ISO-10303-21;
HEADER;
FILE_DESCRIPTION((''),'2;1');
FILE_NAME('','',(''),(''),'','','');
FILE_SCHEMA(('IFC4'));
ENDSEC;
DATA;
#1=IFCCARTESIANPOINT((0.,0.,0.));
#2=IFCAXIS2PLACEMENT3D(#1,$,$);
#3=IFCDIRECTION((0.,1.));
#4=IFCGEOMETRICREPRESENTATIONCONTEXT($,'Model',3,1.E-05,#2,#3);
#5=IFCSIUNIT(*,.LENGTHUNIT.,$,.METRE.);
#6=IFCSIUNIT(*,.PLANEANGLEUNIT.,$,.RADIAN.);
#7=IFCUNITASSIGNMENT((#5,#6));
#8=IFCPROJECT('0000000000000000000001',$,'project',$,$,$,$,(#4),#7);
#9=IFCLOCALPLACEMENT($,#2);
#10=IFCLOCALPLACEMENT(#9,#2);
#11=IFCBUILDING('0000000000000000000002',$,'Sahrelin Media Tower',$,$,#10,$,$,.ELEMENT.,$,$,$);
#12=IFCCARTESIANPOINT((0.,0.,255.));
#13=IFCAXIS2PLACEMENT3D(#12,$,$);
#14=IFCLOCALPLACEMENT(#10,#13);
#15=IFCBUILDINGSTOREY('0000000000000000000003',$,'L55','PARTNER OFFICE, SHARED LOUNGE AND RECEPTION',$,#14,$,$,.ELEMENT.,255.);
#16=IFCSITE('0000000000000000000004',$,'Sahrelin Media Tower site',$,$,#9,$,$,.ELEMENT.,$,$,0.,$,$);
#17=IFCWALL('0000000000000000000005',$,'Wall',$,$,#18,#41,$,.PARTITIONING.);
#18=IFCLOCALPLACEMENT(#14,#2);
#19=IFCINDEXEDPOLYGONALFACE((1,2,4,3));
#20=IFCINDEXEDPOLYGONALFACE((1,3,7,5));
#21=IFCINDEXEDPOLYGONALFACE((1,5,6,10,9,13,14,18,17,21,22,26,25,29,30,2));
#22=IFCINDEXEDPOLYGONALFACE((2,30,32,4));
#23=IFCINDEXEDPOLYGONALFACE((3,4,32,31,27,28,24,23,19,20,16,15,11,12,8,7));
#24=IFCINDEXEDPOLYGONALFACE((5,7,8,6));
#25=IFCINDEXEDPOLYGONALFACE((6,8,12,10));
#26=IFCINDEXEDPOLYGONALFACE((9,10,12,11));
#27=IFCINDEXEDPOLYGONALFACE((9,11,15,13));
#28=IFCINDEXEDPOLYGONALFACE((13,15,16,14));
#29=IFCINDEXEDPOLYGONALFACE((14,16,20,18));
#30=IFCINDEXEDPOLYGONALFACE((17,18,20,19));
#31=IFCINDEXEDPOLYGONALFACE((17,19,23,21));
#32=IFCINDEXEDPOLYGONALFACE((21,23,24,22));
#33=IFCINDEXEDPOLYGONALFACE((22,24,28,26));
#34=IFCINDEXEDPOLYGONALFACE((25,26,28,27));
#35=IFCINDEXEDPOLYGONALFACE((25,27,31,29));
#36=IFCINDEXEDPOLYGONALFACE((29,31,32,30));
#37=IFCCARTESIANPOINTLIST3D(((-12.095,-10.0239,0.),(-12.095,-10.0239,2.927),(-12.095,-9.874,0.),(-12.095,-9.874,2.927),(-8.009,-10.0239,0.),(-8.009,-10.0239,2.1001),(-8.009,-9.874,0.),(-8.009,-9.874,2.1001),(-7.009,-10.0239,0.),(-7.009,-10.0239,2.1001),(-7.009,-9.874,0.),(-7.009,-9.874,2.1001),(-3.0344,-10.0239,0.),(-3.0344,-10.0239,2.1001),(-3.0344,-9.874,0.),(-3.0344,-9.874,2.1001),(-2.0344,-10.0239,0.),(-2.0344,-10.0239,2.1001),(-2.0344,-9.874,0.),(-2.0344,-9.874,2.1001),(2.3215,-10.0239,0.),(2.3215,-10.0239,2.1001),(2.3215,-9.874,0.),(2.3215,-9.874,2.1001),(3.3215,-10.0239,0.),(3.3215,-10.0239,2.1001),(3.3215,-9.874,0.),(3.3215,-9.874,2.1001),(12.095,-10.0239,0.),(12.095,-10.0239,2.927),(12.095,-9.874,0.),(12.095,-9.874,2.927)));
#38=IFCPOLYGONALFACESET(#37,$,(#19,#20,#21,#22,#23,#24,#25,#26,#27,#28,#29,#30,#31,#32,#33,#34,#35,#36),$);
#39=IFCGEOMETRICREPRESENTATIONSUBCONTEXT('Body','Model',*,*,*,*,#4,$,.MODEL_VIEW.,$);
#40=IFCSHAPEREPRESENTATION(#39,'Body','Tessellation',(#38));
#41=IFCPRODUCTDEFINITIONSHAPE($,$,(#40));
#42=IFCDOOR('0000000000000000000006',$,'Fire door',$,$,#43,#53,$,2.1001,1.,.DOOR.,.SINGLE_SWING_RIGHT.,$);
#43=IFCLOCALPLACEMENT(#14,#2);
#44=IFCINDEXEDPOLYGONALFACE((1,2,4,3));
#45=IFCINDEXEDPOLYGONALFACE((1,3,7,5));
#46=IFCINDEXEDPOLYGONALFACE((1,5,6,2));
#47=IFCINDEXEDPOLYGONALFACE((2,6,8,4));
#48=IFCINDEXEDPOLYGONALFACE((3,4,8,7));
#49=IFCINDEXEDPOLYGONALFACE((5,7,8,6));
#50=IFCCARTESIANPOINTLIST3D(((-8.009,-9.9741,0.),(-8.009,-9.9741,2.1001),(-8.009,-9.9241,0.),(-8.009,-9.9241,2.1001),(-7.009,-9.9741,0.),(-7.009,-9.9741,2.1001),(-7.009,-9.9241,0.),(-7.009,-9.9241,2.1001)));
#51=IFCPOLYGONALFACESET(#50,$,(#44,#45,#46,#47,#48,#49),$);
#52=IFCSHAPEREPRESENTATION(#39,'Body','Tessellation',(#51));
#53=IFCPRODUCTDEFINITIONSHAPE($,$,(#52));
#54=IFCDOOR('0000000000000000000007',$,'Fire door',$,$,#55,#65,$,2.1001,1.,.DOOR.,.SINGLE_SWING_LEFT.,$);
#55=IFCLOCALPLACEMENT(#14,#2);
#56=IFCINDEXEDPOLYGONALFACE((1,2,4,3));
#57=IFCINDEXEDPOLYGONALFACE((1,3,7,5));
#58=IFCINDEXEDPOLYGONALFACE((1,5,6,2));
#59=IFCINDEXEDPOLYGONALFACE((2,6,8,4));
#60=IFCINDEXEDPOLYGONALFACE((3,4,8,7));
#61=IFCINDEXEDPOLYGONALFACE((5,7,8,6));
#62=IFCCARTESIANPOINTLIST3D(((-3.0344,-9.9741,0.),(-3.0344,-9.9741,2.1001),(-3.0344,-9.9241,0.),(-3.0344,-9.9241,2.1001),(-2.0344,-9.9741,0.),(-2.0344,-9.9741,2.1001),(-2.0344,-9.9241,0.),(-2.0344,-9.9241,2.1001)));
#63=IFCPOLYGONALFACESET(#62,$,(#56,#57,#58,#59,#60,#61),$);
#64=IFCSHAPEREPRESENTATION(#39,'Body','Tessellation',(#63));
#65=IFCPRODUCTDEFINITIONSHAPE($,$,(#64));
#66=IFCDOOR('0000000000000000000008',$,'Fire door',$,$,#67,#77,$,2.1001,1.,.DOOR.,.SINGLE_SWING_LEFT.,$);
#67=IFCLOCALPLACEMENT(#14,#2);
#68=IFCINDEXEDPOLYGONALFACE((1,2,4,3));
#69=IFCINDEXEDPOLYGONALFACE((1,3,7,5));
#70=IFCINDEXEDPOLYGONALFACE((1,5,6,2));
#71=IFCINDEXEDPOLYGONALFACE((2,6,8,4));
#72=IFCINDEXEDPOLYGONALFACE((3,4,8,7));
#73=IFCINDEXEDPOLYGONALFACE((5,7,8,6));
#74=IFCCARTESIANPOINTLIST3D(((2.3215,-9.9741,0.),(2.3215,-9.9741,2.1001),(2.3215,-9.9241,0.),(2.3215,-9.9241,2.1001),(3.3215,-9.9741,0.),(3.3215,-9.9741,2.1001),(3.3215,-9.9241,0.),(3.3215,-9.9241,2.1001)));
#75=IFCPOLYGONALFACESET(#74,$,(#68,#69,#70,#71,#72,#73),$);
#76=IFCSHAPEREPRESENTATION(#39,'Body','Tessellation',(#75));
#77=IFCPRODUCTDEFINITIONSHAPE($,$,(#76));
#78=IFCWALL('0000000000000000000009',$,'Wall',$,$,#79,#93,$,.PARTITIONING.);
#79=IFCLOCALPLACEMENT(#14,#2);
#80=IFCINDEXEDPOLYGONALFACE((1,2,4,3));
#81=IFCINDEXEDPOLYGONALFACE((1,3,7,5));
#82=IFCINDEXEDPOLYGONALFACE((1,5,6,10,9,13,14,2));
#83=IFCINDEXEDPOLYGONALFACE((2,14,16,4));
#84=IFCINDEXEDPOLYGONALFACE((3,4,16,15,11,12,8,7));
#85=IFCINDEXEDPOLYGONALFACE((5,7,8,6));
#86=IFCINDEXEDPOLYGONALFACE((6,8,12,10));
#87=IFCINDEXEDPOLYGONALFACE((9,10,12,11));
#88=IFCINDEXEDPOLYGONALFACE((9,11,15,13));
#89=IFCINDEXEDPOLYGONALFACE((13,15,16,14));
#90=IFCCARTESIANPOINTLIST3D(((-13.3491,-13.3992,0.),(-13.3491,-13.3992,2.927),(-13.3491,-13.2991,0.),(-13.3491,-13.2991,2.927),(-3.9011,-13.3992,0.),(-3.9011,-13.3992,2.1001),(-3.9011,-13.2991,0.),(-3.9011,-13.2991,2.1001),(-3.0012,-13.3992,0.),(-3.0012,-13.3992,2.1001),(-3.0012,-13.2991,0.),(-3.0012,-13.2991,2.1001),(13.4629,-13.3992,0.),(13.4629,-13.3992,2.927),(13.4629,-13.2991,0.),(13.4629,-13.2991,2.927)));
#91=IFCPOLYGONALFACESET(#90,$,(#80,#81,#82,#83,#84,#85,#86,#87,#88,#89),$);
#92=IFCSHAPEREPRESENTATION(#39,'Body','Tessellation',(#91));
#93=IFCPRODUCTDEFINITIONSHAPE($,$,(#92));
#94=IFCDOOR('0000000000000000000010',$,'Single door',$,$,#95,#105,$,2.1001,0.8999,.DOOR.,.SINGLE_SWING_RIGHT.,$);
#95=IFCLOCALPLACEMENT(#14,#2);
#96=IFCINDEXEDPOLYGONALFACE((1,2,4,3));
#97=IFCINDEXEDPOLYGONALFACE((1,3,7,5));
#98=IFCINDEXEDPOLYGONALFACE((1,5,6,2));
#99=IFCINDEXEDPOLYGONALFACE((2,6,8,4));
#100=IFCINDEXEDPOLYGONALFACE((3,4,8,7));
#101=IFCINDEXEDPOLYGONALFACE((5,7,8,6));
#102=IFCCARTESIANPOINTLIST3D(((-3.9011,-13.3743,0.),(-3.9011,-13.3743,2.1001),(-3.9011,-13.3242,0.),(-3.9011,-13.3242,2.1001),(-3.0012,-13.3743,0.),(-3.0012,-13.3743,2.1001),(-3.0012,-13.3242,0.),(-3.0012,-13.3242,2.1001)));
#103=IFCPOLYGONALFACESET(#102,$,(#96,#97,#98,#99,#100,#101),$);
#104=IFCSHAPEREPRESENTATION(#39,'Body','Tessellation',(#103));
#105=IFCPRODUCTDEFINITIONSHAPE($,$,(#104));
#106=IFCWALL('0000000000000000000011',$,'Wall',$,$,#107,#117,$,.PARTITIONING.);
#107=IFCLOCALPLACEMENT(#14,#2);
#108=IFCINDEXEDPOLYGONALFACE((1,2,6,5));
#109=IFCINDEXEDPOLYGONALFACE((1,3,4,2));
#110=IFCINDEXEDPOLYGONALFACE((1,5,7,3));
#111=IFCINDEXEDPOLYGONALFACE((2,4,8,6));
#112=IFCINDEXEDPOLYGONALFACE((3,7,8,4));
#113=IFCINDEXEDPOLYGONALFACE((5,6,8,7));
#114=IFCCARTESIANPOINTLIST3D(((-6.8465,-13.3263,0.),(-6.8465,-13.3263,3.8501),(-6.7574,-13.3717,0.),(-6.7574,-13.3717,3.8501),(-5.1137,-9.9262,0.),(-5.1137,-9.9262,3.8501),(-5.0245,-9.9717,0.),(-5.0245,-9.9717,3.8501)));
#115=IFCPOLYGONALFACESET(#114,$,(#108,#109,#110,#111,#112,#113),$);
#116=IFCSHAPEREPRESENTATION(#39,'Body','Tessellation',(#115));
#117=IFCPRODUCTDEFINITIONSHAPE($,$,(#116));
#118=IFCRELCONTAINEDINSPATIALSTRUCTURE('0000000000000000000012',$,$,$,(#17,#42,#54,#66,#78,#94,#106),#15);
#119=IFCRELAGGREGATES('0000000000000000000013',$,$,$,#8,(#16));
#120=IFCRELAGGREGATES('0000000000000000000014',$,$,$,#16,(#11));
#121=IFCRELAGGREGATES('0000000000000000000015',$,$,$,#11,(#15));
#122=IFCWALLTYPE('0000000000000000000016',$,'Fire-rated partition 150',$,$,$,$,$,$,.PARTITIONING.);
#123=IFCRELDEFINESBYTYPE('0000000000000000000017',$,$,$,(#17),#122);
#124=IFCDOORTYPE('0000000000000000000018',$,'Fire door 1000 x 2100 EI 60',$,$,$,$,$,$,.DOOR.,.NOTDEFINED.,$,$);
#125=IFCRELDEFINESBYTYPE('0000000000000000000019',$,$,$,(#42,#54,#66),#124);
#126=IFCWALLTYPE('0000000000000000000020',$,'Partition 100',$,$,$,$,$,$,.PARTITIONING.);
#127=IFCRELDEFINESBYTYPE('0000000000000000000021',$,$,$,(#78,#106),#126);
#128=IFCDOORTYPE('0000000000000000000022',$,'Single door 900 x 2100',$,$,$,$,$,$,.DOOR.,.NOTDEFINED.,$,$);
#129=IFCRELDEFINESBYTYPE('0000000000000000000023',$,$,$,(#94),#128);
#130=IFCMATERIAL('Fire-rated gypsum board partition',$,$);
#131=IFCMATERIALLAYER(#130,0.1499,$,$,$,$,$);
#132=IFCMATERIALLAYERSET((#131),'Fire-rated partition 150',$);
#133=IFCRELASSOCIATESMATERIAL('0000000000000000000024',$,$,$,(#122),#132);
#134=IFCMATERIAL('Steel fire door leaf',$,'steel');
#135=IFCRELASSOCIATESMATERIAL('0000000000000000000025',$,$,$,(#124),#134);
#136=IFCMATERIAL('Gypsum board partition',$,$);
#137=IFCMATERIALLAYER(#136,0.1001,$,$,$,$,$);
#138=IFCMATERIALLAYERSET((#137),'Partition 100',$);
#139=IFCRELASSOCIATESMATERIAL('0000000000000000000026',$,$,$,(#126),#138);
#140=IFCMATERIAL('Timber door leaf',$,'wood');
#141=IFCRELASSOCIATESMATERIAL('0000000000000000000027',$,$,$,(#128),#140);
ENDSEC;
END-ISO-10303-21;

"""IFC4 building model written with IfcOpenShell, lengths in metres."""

from ifc_helpers import new_model, si_unit, direction, frame, frame_2d, origin, place, context, subcontext, project, spatial, rectangle, extrude, material, layer, layer_set, type_object, element, fill, save


model = new_model("IFC4")

# Units and contexts
model_context = context("Model", 3, precision=1e-05, world=origin(), true_north=direction((0.0, 1.0)))
body_context = subcontext(model_context, "Body", "Model", "MODEL_VIEW")
ifc_project = project(units=[si_unit("LENGTHUNIT", "METRE"), si_unit("PLANEANGLEUNIT", "RADIAN")], contexts=[model_context])

# Site, building, storey
site_placement = place(None, origin())
site = spatial("IfcSite", under=ifc_project, at=site_placement, Name="Sahrelin Media Tower site", CompositionType="ELEMENT", RefElevation=0.0)
building_placement = place(site_placement, origin())
building = spatial("IfcBuilding", under=site, at=building_placement, Name="Sahrelin Media Tower", CompositionType="ELEMENT")
storey_placement = place(building_placement, frame((0.0, 0.0, 255.0)))
storey = spatial("IfcBuildingStorey", under=building, at=storey_placement, Name="L55", Description="PARTNER OFFICE, SHARED LOUNGE AND RECEPTION", CompositionType="ELEMENT", Elevation=255.0)

# Wall, openings, doors
ifc_material_1 = material(Name="Fire-rated gypsum board partition")
ifc_layer_1 = layer(ifc_material_1, 0.1499)
ifc_layer_set_1 = layer_set([ifc_layer_1], Name="Fire-rated partition 150")
wall_type_1 = type_object("IfcWallType", Name="Fire-rated partition 150", PredefinedType="PARTITIONING", material=ifc_layer_set_1)
wall_1_placement = place(storey_placement, frame((-12.095, -9.949, 0.0), z_axis=(0.0, 0.0, 1.0), x_axis=(1.0, 0.0, 0.0)))
wall_1 = element("IfcWall", 1, at=wall_1_placement, inside=storey, type_object=wall_type_1, Name="Wall", PredefinedType="PARTITIONING", context=body_context, shape_type="SweptSolid", body=[
    extrude(rectangle(XDim=24.1899, YDim=0.1499, at=frame_2d((12.095, 0.0))), origin(), (0.0, 0.0, 1.0), 2.927),
])
opening_1_placement = place(wall_1_placement, frame((4.0859, 0.0, 0.0)))
opening_1 = element("IfcOpeningElement", 2, at=opening_1_placement, cuts=wall_1, PredefinedType="OPENING", context=body_context, shape_type="SweptSolid", body=[
    extrude(rectangle(XDim=1.0, YDim=2.1001, at=frame_2d((0.5, 1.05))), frame((0.0, 0.075, 0.0), z_axis=(0.0, -1.0, 0.0), x_axis=(1.0, 0.0, 0.0)), (0.0, 0.0, 1.0), 0.1499),
])
opening_2_placement = place(wall_1_placement, frame((9.0605, 0.0, 0.0)))
opening_2 = element("IfcOpeningElement", 3, at=opening_2_placement, cuts=wall_1, PredefinedType="OPENING", context=body_context, shape_type="SweptSolid", body=[
    extrude(rectangle(XDim=1.0, YDim=2.1001, at=frame_2d((0.5, 1.05))), frame((0.0, 0.075, 0.0), z_axis=(0.0, -1.0, 0.0), x_axis=(1.0, 0.0, 0.0)), (0.0, 0.0, 1.0), 0.1499),
])
opening_3_placement = place(wall_1_placement, frame((14.4165, 0.0, 0.0)))
opening_3 = element("IfcOpeningElement", 4, at=opening_3_placement, cuts=wall_1, PredefinedType="OPENING", context=body_context, shape_type="SweptSolid", body=[
    extrude(rectangle(XDim=1.0, YDim=2.1001, at=frame_2d((0.5, 1.05))), frame((0.0, 0.075, 0.0), z_axis=(0.0, -1.0, 0.0), x_axis=(1.0, 0.0, 0.0)), (0.0, 0.0, 1.0), 0.1499),
])
ifc_material_2 = material(Name="Steel fire door leaf", Category="steel")
door_type_1 = type_object("IfcDoorType", Name="Fire door 1000 x 2100 EI 60", OperationType="NOTDEFINED", PredefinedType="DOOR", material=ifc_material_2)
door_1_placement = place(opening_1_placement, origin())
door_1 = element("IfcDoor", 5, at=door_1_placement, inside=storey, type_object=door_type_1, Name="Fire door", OperationType="SINGLE_SWING_RIGHT", OverallHeight=2.1001, OverallWidth=1.0, PredefinedType="DOOR", context=body_context, shape_type="SweptSolid", body=[
    extrude(rectangle(XDim=1.0, YDim=2.1001, at=frame_2d((0.5, 1.05))), frame((0.0, 0.0249, 0.0), z_axis=(0.0, -1.0, 0.0), x_axis=(1.0, 0.0, 0.0)), (0.0, 0.0, 1.0), 0.05),
])
fill(opening_1, door_1)
door_2_placement = place(opening_2_placement, origin())
door_2 = element("IfcDoor", 6, at=door_2_placement, inside=storey, type_object=door_type_1, Name="Fire door", OperationType="SINGLE_SWING_LEFT", OverallHeight=2.1001, OverallWidth=1.0, PredefinedType="DOOR", context=body_context, shape_type="SweptSolid", body=[
    extrude(rectangle(XDim=1.0, YDim=2.1001, at=frame_2d((0.5, 1.05))), frame((0.0, 0.0249, 0.0), z_axis=(0.0, -1.0, 0.0), x_axis=(1.0, 0.0, 0.0)), (0.0, 0.0, 1.0), 0.05),
])
fill(opening_2, door_2)
door_3_placement = place(opening_3_placement, origin())
door_3 = element("IfcDoor", 7, at=door_3_placement, inside=storey, type_object=door_type_1, Name="Fire door", OperationType="SINGLE_SWING_LEFT", OverallHeight=2.1001, OverallWidth=1.0, PredefinedType="DOOR", context=body_context, shape_type="SweptSolid", body=[
    extrude(rectangle(XDim=1.0, YDim=2.1001, at=frame_2d((0.5, 1.05))), frame((0.0, 0.0249, 0.0), z_axis=(0.0, -1.0, 0.0), x_axis=(1.0, 0.0, 0.0)), (0.0, 0.0, 1.0), 0.05),
])
fill(opening_3, door_3)

# Wall, opening, door
ifc_material_3 = material(Name="Gypsum board partition")
ifc_layer_2 = layer(ifc_material_3, 0.1001)
ifc_layer_set_2 = layer_set([ifc_layer_2], Name="Partition 100")
wall_type_2 = type_object("IfcWallType", Name="Partition 100", PredefinedType="PARTITIONING", material=ifc_layer_set_2)
wall_2_placement = place(storey_placement, frame((-13.3491, -13.3491, 0.0), z_axis=(0.0, 0.0, 1.0), x_axis=(1.0, 0.0, 0.0)))
wall_2 = element("IfcWall", 8, at=wall_2_placement, inside=storey, type_object=wall_type_2, Name="Wall", PredefinedType="PARTITIONING", context=body_context, shape_type="SweptSolid", body=[
    extrude(rectangle(XDim=26.812, YDim=0.1001, at=frame_2d((13.406, 0.0))), origin(), (0.0, 0.0, 1.0), 2.927),
])
opening_4_placement = place(wall_2_placement, frame((9.448, 0.0, 0.0)))
opening_4 = element("IfcOpeningElement", 9, at=opening_4_placement, cuts=wall_2, PredefinedType="OPENING", context=body_context, shape_type="SweptSolid", body=[
    extrude(rectangle(XDim=0.8999, YDim=2.1001, at=frame_2d((0.45, 1.05))), frame((0.0, 0.05, 0.0), z_axis=(0.0, -1.0, 0.0), x_axis=(1.0, 0.0, 0.0)), (0.0, 0.0, 1.0), 0.1001),
])
ifc_material_4 = material(Name="Timber door leaf", Category="wood")
door_type_2 = type_object("IfcDoorType", Name="Single door 900 x 2100", OperationType="NOTDEFINED", PredefinedType="DOOR", material=ifc_material_4)
door_4_placement = place(opening_4_placement, origin())
door_4 = element("IfcDoor", 10, at=door_4_placement, inside=storey, type_object=door_type_2, Name="Single door", OperationType="SINGLE_SWING_RIGHT", OverallHeight=2.1001, OverallWidth=0.8999, PredefinedType="DOOR", context=body_context, shape_type="SweptSolid", body=[
    extrude(rectangle(XDim=0.8999, YDim=2.1001, at=frame_2d((0.45, 1.05))), frame((0.0, 0.0249, 0.0), z_axis=(0.0, -1.0, 0.0), x_axis=(1.0, 0.0, 0.0)), (0.0, 0.0, 1.0), 0.05),
])
fill(opening_4, door_4)

# Wall
wall_3_placement = place(storey_placement, frame((-6.802, -13.3491, 0.0), z_axis=(0.0, 0.0, 1.0), x_axis=(0.454084, 0.890959, 0.0)))
element("IfcWall", 11, at=wall_3_placement, inside=storey, type_object=wall_type_2, Name="Wall", PredefinedType="PARTITIONING", context=body_context, shape_type="SweptSolid", body=[
    extrude(rectangle(XDim=3.8162, YDim=0.1001, at=frame_2d((1.9082, 0.0))), origin(), (0.0, 0.0, 1.0), 3.8501),
])

save(model, "model.ifc")
